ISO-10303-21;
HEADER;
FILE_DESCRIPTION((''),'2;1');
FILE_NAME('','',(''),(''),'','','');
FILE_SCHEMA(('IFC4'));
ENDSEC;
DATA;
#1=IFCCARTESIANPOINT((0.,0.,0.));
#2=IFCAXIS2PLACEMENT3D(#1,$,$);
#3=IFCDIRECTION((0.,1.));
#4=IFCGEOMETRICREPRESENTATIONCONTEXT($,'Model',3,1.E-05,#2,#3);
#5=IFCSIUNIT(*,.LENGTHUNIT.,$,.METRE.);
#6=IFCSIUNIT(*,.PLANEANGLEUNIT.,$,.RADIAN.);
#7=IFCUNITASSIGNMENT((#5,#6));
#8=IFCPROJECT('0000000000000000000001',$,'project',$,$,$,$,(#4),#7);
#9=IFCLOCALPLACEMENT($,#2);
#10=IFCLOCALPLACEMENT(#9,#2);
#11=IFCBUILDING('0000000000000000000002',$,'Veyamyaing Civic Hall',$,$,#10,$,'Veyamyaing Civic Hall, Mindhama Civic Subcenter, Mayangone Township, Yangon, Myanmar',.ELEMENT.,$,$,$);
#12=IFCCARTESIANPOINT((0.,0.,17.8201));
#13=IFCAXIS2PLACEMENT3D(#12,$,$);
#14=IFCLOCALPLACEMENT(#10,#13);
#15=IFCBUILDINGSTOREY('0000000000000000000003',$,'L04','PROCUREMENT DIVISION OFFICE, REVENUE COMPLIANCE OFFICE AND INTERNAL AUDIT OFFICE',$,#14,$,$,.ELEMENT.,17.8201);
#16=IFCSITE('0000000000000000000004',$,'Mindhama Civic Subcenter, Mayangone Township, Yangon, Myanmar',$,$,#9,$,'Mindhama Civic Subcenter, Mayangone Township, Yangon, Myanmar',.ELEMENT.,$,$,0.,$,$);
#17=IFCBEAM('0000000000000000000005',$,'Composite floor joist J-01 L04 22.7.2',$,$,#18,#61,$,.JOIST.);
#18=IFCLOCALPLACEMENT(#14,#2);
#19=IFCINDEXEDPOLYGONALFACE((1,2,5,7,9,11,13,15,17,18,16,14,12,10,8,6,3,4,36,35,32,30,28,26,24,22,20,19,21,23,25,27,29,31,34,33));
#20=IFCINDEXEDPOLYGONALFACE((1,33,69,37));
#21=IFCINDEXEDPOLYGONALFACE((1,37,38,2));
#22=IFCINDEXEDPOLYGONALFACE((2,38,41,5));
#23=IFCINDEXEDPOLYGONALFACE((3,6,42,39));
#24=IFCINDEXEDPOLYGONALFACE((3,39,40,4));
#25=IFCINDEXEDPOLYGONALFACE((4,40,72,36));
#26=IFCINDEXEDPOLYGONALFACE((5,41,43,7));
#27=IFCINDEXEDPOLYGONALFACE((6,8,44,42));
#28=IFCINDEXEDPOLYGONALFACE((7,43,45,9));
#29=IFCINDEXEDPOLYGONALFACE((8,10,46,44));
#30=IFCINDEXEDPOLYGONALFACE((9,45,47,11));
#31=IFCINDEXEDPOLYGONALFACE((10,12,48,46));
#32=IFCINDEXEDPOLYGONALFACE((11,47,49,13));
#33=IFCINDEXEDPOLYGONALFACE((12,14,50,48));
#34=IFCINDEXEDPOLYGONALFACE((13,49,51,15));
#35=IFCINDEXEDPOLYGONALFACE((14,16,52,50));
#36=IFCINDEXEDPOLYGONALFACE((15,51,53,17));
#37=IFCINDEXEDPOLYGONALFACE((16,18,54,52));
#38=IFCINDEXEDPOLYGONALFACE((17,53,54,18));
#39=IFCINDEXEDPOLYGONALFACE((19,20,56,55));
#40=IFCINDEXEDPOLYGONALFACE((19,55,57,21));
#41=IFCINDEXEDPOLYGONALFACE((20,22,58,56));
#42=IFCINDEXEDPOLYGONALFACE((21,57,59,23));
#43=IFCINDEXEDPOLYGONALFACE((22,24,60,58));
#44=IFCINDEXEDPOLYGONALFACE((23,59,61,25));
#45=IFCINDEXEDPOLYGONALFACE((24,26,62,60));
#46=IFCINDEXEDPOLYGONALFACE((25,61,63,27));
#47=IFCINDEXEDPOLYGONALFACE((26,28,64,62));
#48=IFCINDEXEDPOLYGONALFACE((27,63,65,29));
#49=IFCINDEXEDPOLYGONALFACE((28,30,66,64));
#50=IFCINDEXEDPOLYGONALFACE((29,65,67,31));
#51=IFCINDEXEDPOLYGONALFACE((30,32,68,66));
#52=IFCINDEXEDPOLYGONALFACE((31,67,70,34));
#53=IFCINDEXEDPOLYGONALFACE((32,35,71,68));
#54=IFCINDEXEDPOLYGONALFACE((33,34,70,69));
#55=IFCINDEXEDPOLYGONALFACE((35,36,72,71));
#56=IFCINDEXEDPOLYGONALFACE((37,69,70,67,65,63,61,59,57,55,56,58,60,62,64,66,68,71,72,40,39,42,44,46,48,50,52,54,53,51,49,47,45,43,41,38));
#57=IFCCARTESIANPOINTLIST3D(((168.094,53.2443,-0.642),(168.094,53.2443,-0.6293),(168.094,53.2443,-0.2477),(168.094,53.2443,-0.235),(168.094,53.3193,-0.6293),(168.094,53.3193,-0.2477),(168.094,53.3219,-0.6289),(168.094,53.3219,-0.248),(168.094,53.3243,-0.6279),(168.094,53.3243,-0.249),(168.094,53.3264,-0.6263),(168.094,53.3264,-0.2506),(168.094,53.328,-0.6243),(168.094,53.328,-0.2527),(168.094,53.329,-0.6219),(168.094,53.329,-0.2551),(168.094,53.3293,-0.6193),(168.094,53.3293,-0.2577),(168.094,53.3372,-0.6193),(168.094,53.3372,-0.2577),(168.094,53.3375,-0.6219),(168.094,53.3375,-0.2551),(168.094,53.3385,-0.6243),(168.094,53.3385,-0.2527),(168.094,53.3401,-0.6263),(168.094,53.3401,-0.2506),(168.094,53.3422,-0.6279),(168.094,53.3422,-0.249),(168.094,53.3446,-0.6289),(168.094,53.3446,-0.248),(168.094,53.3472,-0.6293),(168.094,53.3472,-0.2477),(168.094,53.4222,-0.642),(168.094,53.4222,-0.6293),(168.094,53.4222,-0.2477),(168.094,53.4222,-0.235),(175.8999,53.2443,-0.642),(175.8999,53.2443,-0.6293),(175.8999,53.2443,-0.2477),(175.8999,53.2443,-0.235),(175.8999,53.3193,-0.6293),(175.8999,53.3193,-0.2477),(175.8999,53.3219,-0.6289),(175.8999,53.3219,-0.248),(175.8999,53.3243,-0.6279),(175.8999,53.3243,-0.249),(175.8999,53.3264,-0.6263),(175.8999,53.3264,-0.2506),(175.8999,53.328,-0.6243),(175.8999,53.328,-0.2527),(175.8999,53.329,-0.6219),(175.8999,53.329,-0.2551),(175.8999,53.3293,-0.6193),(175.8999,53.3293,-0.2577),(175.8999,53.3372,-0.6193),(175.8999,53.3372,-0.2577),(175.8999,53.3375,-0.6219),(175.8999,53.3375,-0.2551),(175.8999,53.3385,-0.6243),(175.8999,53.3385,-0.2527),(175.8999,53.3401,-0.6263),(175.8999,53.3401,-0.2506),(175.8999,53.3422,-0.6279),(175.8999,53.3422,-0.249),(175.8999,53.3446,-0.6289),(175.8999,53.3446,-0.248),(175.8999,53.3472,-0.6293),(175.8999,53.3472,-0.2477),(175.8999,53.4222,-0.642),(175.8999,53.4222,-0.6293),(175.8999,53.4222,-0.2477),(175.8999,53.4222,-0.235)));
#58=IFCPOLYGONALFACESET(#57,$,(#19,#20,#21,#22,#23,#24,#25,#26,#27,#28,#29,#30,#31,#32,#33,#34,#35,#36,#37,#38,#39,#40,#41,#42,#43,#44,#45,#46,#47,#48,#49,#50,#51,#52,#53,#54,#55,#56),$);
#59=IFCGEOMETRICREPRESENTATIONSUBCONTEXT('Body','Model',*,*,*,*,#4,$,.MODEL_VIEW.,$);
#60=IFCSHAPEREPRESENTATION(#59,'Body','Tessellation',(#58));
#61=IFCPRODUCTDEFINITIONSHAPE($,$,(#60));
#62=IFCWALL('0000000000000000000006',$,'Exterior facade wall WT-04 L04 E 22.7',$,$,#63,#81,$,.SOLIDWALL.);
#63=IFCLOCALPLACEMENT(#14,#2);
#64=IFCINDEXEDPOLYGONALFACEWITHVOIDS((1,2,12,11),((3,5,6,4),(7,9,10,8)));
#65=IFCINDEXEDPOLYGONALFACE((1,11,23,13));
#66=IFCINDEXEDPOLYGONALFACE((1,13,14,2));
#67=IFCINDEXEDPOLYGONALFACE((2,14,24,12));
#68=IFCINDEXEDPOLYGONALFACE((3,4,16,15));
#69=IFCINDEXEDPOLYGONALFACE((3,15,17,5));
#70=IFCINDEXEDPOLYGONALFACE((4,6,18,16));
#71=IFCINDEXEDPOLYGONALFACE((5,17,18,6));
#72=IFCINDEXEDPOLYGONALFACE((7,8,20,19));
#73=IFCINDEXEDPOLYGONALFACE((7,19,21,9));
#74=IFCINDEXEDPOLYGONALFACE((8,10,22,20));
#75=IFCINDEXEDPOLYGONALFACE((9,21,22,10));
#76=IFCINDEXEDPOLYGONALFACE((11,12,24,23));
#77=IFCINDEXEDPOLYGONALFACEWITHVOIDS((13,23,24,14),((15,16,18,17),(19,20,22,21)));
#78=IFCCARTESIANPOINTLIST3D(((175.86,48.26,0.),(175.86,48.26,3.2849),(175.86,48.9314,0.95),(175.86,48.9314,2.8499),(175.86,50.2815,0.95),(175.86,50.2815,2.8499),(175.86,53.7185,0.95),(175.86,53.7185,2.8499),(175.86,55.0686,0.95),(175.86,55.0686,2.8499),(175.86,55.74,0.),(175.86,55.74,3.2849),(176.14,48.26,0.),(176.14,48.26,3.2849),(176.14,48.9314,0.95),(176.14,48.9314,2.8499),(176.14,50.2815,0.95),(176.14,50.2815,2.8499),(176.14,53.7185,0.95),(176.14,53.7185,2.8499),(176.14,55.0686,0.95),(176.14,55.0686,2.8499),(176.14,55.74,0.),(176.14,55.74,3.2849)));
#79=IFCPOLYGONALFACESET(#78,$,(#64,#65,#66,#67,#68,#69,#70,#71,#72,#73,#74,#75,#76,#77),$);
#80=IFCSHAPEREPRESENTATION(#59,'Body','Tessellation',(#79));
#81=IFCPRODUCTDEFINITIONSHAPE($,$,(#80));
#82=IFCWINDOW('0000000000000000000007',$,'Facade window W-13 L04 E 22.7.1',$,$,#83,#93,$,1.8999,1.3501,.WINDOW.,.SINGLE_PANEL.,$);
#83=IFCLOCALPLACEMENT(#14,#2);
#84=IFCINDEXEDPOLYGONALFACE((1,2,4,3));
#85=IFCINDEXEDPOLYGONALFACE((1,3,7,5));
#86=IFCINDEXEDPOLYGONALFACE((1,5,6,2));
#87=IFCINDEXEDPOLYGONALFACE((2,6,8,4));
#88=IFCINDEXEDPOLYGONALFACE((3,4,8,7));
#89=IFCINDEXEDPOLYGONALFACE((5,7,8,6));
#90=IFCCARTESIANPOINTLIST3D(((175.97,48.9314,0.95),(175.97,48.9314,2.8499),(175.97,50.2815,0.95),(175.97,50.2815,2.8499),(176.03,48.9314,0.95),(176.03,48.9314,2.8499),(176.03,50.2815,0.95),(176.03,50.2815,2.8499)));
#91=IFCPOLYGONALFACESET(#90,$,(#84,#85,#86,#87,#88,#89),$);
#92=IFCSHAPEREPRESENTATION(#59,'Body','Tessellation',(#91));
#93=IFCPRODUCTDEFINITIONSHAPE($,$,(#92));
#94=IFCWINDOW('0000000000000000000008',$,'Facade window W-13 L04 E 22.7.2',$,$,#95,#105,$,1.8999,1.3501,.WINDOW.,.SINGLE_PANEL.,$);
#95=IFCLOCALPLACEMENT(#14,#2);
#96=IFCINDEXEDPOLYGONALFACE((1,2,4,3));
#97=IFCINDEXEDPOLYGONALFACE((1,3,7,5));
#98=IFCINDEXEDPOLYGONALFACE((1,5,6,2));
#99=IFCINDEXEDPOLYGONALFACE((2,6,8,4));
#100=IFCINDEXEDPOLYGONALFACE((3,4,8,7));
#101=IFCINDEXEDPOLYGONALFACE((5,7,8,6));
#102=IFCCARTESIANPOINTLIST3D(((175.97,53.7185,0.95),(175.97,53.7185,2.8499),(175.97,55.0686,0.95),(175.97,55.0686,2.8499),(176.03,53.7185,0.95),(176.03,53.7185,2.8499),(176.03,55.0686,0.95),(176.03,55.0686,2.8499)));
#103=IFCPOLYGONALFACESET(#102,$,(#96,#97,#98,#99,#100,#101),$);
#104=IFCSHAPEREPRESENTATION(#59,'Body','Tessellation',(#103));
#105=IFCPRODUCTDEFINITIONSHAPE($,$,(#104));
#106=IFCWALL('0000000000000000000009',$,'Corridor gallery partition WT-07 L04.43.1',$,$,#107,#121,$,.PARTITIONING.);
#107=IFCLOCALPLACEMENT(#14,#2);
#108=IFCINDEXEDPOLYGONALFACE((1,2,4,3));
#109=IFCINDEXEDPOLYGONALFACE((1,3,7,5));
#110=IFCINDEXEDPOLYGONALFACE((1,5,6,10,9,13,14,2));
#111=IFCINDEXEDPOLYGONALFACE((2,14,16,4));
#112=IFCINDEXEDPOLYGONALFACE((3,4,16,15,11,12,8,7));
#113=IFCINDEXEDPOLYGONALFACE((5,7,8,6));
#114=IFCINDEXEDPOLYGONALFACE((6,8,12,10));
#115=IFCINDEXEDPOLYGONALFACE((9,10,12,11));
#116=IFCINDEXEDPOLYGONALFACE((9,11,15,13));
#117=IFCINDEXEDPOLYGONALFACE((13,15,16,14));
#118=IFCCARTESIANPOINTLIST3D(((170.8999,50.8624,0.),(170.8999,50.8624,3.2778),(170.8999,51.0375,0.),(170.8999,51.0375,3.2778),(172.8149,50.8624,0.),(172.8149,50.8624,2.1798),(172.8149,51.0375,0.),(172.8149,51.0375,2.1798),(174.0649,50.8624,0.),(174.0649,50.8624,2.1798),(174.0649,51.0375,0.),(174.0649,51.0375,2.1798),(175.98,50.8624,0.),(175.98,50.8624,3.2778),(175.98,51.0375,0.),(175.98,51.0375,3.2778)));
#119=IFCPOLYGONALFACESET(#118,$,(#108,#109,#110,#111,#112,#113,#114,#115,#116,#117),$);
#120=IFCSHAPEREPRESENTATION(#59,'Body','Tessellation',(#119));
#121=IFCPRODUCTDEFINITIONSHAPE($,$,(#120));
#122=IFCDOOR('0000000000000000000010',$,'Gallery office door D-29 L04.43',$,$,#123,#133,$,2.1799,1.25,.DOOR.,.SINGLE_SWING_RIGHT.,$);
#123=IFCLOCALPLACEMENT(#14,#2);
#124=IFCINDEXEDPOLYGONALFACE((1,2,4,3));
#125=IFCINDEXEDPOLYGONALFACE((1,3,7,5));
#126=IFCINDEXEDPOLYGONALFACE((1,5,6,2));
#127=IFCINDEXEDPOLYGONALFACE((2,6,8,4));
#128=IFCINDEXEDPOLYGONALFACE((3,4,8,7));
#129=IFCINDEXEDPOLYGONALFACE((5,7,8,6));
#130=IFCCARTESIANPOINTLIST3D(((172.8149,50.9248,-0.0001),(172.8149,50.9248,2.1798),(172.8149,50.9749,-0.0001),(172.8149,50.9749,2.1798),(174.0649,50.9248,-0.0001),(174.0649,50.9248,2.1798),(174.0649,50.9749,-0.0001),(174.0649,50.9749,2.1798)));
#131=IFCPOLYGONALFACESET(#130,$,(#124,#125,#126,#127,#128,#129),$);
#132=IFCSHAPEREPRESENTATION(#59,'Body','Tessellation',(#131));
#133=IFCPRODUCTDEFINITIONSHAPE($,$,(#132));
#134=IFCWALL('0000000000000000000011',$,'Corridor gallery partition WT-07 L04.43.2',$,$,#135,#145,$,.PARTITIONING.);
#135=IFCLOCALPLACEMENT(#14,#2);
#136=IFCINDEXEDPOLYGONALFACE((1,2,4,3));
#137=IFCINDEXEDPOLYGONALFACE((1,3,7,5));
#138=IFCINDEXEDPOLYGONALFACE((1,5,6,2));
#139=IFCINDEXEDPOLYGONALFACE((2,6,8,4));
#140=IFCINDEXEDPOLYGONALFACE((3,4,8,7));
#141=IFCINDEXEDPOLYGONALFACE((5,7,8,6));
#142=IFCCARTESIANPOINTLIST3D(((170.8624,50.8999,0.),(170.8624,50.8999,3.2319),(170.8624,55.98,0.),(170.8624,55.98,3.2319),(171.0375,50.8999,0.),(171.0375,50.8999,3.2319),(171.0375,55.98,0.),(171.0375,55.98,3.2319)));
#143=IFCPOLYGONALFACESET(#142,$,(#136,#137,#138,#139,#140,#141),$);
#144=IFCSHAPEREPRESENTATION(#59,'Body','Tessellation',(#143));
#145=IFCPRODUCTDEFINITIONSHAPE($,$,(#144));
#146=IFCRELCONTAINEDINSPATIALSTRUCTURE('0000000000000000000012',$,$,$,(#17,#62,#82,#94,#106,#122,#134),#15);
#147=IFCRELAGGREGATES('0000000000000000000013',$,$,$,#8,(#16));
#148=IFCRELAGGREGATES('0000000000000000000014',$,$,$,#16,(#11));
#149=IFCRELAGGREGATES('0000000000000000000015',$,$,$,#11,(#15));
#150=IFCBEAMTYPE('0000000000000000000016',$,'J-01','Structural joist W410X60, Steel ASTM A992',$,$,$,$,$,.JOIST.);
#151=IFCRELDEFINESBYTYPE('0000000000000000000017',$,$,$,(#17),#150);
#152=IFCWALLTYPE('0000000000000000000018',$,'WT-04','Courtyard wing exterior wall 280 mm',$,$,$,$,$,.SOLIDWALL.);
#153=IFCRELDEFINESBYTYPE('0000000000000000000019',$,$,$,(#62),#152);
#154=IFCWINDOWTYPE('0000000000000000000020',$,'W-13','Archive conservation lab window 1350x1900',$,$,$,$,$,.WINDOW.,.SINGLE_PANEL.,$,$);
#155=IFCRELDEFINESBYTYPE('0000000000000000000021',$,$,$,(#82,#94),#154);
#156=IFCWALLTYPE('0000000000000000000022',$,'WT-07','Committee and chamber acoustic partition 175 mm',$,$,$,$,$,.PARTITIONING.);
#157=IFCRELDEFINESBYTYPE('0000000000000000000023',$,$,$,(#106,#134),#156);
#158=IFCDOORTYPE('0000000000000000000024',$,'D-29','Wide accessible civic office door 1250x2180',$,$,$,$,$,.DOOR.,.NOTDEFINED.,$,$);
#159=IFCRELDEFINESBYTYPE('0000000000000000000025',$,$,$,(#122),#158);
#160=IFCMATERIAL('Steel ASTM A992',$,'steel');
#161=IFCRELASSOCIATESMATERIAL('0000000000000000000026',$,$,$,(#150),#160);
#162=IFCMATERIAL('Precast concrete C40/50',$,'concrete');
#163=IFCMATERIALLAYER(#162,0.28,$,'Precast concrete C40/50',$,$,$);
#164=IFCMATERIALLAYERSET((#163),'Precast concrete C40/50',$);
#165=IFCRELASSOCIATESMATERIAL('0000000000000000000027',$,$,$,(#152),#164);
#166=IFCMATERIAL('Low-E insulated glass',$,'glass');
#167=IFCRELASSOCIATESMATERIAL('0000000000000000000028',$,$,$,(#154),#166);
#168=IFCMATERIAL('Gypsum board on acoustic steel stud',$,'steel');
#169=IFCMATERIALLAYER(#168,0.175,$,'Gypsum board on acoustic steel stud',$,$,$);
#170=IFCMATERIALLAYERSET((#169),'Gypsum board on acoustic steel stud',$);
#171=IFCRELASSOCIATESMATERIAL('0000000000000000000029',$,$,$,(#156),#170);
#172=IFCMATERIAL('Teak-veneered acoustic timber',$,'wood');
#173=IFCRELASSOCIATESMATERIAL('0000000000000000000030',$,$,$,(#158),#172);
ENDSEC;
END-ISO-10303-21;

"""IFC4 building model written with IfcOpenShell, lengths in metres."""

from ifc_helpers import new_model, si_unit, direction, frame, frame_2d, origin, origin_2d, place, context, subcontext, project, spatial, rectangle, i_section, extrude, material, layer, layer_set, material_profile, profile_set, type_object, element, fill, save


model = new_model("IFC4")

# Units and contexts
model_context = context("Model", 3, precision=1e-05, world=origin(), true_north=direction((0.0, 1.0)))
body_context = subcontext(model_context, "Body", "Model", "MODEL_VIEW")
ifc_project = project(units=[si_unit("LENGTHUNIT", "METRE"), si_unit("PLANEANGLEUNIT", "RADIAN")], contexts=[model_context])

# Site, building, storey
site_placement = place(None, origin())
site = spatial("IfcSite", under=ifc_project, at=site_placement, Name="Mindhama Civic Subcenter, Mayangone Township, Yangon, Myanmar", LongName="Mindhama Civic Subcenter, Mayangone Township, Yangon, Myanmar", CompositionType="ELEMENT", RefElevation=0.0)
building_placement = place(site_placement, origin())
building = spatial("IfcBuilding", under=site, at=building_placement, Name="Veyamyaing Civic Hall", LongName="Veyamyaing Civic Hall, Mindhama Civic Subcenter, Mayangone Township, Yangon, Myanmar", CompositionType="ELEMENT")
storey_placement = place(building_placement, frame((0.0, 0.0, 17.8201)))
storey = spatial("IfcBuildingStorey", under=building, at=storey_placement, Name="L04", Description="PROCUREMENT DIVISION OFFICE, REVENUE COMPLIANCE OFFICE AND INTERNAL AUDIT OFFICE", CompositionType="ELEMENT", Elevation=17.8201)

# Beam
ifc_material_1 = material(Name="Steel ASTM A992", Category="steel")
ifc_material_profile_1 = material_profile(ifc_material_1, i_section(OverallWidth=0.178, OverallDepth=0.407, WebThickness=0.0078, FlangeThickness=0.0127, FilletRadius=0.01, at=origin_2d()), Name="W410X60")
ifc_profile_set_1 = profile_set([ifc_material_profile_1], Name="Steel ASTM A992")
beam_type_1 = type_object("IfcBeamType", Name="J-01", Description="Structural joist W410X60, Steel ASTM A992", PredefinedType="JOIST", material=ifc_profile_set_1)
for number, where, z_axis, x_axis, name in (
    (1, (168.094, 53.3333, -0.4385), (1.0, 0.0, 0.0), (0.0, 1.0, 0.0), "Composite floor joist J-01 L04 22.7.2"),
):
    element("IfcBeam", number, at=place(storey_placement, frame(where, z_axis=z_axis, x_axis=x_axis)), inside=storey, type_object=beam_type_1, Name=name, PredefinedType="JOIST", context=body_context, shape_type="SweptSolid", body=[
        extrude(i_section(OverallWidth=0.178, OverallDepth=0.407, WebThickness=0.0078, FlangeThickness=0.0127, FilletRadius=0.01, at=origin_2d()), origin(), (0.0, 0.0, 1.0), 7.8059),
    ])

# Wall, openings, windows
ifc_material_2 = material(Name="Precast concrete C40/50", Category="concrete")
ifc_layer_1 = layer(ifc_material_2, 0.28, Name="Precast concrete C40/50")
ifc_layer_set_1 = layer_set([ifc_layer_1], Name="Precast concrete C40/50")
wall_type_1 = type_object("IfcWallType", Name="WT-04", Description="Courtyard wing exterior wall 280 mm", PredefinedType="SOLIDWALL", material=ifc_layer_set_1)
wall_1_placement = place(storey_placement, frame((176.0, 48.26, 0.0), z_axis=(0.0, 0.0, 1.0), x_axis=(0.0, 1.0, 0.0)))
wall_1 = element("IfcWall", 2, at=wall_1_placement, inside=storey, type_object=wall_type_1, Name="Exterior facade wall WT-04 L04 E 22.7", PredefinedType="SOLIDWALL", context=body_context, shape_type="SweptSolid", body=[
    extrude(rectangle(XDim=7.48, YDim=0.28, at=frame_2d((3.74, 0.0))), origin(), (0.0, 0.0, 1.0), 3.2849),
])
opening_1_placement = place(wall_1_placement, frame((0.6714, 0.0, 0.95)))
opening_1 = element("IfcOpeningElement", 3, at=opening_1_placement, cuts=wall_1, PredefinedType="OPENING", context=body_context, shape_type="SweptSolid", body=[
    extrude(rectangle(XDim=1.3501, YDim=1.8999, at=frame_2d((0.675, 0.95))), frame((0.0, 0.1499, 0.0), z_axis=(0.0, -1.0, 0.0), x_axis=(1.0, 0.0, 0.0)), (0.0, 0.0, 1.0), 0.3),
])
opening_2_placement = place(wall_1_placement, frame((5.4585, 0.0, 0.95)))
opening_2 = element("IfcOpeningElement", 4, at=opening_2_placement, cuts=wall_1, PredefinedType="OPENING", context=body_context, shape_type="SweptSolid", body=[
    extrude(rectangle(XDim=1.3501, YDim=1.8999, at=frame_2d((0.675, 0.95))), frame((0.0, 0.1499, 0.0), z_axis=(0.0, -1.0, 0.0), x_axis=(1.0, 0.0, 0.0)), (0.0, 0.0, 1.0), 0.3),
])
ifc_material_3 = material(Name="Low-E insulated glass", Category="glass")
window_type = type_object("IfcWindowType", Name="W-13", Description="Archive conservation lab window 1350x1900", PartitioningType="SINGLE_PANEL", PredefinedType="WINDOW", material=ifc_material_3)
window_1_placement = place(opening_1_placement, origin())
window_1 = element("IfcWindow", 5, at=window_1_placement, inside=storey, type_object=window_type, Name="Facade window W-13 L04 E 22.7.1", OverallHeight=1.8999, OverallWidth=1.3501, PartitioningType="SINGLE_PANEL", PredefinedType="WINDOW", context=body_context, shape_type="SweptSolid", body=[
    extrude(rectangle(XDim=1.3501, YDim=1.8999, at=frame_2d((0.675, 0.95))), frame((0.0, 0.03, 0.0), z_axis=(0.0, -1.0, 0.0), x_axis=(1.0, 0.0, 0.0)), (0.0, 0.0, 1.0), 0.0601),
])
fill(opening_1, window_1)
window_2_placement = place(opening_2_placement, origin())
window_2 = element("IfcWindow", 6, at=window_2_placement, inside=storey, type_object=window_type, Name="Facade window W-13 L04 E 22.7.2", OverallHeight=1.8999, OverallWidth=1.3501, PartitioningType="SINGLE_PANEL", PredefinedType="WINDOW", context=body_context, shape_type="SweptSolid", body=[
    extrude(rectangle(XDim=1.3501, YDim=1.8999, at=frame_2d((0.675, 0.95))), frame((0.0, 0.03, 0.0), z_axis=(0.0, -1.0, 0.0), x_axis=(1.0, 0.0, 0.0)), (0.0, 0.0, 1.0), 0.0601),
])
fill(opening_2, window_2)

# Wall, opening, door
ifc_material_4 = material(Name="Gypsum board on acoustic steel stud", Category="steel")
ifc_layer_2 = layer(ifc_material_4, 0.175, Name="Gypsum board on acoustic steel stud")
ifc_layer_set_2 = layer_set([ifc_layer_2], Name="Gypsum board on acoustic steel stud")
wall_type_2 = type_object("IfcWallType", Name="WT-07", Description="Committee and chamber acoustic partition 175 mm", PredefinedType="PARTITIONING", material=ifc_layer_set_2)
wall_2_placement = place(storey_placement, frame((170.8999, 50.95, 0.0), z_axis=(0.0, 0.0, 1.0), x_axis=(1.0, 0.0, 0.0)))
wall_2 = element("IfcWall", 7, at=wall_2_placement, inside=storey, type_object=wall_type_2, Name="Corridor gallery partition WT-07 L04.43.1", PredefinedType="PARTITIONING", context=body_context, shape_type="SweptSolid", body=[
    extrude(rectangle(XDim=5.0801, YDim=0.175, at=frame_2d((2.54, 0.0))), origin(), (0.0, 0.0, 1.0), 3.2778),
])
opening_3_placement = place(wall_2_placement, frame((1.915, 0.0, 0.0)))
opening_3 = element("IfcOpeningElement", 8, at=opening_3_placement, cuts=wall_2, PredefinedType="OPENING", context=body_context, shape_type="SweptSolid", body=[
    extrude(rectangle(XDim=1.25, YDim=2.1799, at=frame_2d((0.625, 1.0898))), frame((0.0, 0.0974, 0.0), z_axis=(0.0, -1.0, 0.0), x_axis=(1.0, 0.0, 0.0)), (0.0, 0.0, 1.0), 0.1951),
])
ifc_material_5 = material(Name="Teak-veneered acoustic timber", Category="wood")
door_type_1 = type_object("IfcDoorType", Name="D-29", Description="Wide accessible civic office door 1250x2180", OperationType="NOTDEFINED", PredefinedType="DOOR", material=ifc_material_5)
door_1_placement = place(opening_3_placement, origin())
door_1 = element("IfcDoor", 9, at=door_1_placement, inside=storey, type_object=door_type_1, Name="Gallery office door D-29 L04.43", OperationType="SINGLE_SWING_RIGHT", OverallHeight=2.1799, OverallWidth=1.25, PredefinedType="DOOR", context=body_context, shape_type="SweptSolid", body=[
    extrude(rectangle(XDim=1.25, YDim=2.1799, at=frame_2d((0.625, 1.0898))), frame((0.0, 0.0249, 0.0), z_axis=(0.0, -1.0, 0.0), x_axis=(1.0, 0.0, 0.0)), (0.0, 0.0, 1.0), 0.05),
])
fill(opening_3, door_1)

# Wall
wall_3_placement = place(storey_placement, frame((170.95, 50.8999, 0.0), z_axis=(0.0, 0.0, 1.0), x_axis=(0.0, 1.0, 0.0)))
element("IfcWall", 10, at=wall_3_placement, inside=storey, type_object=wall_type_2, Name="Corridor gallery partition WT-07 L04.43.2", PredefinedType="PARTITIONING", context=body_context, shape_type="SweptSolid", body=[
    extrude(rectangle(XDim=5.0801, YDim=0.175, at=frame_2d((2.54, 0.0))), origin(), (0.0, 0.0, 1.0), 3.2319),
])

save(model, "model.ifc")
